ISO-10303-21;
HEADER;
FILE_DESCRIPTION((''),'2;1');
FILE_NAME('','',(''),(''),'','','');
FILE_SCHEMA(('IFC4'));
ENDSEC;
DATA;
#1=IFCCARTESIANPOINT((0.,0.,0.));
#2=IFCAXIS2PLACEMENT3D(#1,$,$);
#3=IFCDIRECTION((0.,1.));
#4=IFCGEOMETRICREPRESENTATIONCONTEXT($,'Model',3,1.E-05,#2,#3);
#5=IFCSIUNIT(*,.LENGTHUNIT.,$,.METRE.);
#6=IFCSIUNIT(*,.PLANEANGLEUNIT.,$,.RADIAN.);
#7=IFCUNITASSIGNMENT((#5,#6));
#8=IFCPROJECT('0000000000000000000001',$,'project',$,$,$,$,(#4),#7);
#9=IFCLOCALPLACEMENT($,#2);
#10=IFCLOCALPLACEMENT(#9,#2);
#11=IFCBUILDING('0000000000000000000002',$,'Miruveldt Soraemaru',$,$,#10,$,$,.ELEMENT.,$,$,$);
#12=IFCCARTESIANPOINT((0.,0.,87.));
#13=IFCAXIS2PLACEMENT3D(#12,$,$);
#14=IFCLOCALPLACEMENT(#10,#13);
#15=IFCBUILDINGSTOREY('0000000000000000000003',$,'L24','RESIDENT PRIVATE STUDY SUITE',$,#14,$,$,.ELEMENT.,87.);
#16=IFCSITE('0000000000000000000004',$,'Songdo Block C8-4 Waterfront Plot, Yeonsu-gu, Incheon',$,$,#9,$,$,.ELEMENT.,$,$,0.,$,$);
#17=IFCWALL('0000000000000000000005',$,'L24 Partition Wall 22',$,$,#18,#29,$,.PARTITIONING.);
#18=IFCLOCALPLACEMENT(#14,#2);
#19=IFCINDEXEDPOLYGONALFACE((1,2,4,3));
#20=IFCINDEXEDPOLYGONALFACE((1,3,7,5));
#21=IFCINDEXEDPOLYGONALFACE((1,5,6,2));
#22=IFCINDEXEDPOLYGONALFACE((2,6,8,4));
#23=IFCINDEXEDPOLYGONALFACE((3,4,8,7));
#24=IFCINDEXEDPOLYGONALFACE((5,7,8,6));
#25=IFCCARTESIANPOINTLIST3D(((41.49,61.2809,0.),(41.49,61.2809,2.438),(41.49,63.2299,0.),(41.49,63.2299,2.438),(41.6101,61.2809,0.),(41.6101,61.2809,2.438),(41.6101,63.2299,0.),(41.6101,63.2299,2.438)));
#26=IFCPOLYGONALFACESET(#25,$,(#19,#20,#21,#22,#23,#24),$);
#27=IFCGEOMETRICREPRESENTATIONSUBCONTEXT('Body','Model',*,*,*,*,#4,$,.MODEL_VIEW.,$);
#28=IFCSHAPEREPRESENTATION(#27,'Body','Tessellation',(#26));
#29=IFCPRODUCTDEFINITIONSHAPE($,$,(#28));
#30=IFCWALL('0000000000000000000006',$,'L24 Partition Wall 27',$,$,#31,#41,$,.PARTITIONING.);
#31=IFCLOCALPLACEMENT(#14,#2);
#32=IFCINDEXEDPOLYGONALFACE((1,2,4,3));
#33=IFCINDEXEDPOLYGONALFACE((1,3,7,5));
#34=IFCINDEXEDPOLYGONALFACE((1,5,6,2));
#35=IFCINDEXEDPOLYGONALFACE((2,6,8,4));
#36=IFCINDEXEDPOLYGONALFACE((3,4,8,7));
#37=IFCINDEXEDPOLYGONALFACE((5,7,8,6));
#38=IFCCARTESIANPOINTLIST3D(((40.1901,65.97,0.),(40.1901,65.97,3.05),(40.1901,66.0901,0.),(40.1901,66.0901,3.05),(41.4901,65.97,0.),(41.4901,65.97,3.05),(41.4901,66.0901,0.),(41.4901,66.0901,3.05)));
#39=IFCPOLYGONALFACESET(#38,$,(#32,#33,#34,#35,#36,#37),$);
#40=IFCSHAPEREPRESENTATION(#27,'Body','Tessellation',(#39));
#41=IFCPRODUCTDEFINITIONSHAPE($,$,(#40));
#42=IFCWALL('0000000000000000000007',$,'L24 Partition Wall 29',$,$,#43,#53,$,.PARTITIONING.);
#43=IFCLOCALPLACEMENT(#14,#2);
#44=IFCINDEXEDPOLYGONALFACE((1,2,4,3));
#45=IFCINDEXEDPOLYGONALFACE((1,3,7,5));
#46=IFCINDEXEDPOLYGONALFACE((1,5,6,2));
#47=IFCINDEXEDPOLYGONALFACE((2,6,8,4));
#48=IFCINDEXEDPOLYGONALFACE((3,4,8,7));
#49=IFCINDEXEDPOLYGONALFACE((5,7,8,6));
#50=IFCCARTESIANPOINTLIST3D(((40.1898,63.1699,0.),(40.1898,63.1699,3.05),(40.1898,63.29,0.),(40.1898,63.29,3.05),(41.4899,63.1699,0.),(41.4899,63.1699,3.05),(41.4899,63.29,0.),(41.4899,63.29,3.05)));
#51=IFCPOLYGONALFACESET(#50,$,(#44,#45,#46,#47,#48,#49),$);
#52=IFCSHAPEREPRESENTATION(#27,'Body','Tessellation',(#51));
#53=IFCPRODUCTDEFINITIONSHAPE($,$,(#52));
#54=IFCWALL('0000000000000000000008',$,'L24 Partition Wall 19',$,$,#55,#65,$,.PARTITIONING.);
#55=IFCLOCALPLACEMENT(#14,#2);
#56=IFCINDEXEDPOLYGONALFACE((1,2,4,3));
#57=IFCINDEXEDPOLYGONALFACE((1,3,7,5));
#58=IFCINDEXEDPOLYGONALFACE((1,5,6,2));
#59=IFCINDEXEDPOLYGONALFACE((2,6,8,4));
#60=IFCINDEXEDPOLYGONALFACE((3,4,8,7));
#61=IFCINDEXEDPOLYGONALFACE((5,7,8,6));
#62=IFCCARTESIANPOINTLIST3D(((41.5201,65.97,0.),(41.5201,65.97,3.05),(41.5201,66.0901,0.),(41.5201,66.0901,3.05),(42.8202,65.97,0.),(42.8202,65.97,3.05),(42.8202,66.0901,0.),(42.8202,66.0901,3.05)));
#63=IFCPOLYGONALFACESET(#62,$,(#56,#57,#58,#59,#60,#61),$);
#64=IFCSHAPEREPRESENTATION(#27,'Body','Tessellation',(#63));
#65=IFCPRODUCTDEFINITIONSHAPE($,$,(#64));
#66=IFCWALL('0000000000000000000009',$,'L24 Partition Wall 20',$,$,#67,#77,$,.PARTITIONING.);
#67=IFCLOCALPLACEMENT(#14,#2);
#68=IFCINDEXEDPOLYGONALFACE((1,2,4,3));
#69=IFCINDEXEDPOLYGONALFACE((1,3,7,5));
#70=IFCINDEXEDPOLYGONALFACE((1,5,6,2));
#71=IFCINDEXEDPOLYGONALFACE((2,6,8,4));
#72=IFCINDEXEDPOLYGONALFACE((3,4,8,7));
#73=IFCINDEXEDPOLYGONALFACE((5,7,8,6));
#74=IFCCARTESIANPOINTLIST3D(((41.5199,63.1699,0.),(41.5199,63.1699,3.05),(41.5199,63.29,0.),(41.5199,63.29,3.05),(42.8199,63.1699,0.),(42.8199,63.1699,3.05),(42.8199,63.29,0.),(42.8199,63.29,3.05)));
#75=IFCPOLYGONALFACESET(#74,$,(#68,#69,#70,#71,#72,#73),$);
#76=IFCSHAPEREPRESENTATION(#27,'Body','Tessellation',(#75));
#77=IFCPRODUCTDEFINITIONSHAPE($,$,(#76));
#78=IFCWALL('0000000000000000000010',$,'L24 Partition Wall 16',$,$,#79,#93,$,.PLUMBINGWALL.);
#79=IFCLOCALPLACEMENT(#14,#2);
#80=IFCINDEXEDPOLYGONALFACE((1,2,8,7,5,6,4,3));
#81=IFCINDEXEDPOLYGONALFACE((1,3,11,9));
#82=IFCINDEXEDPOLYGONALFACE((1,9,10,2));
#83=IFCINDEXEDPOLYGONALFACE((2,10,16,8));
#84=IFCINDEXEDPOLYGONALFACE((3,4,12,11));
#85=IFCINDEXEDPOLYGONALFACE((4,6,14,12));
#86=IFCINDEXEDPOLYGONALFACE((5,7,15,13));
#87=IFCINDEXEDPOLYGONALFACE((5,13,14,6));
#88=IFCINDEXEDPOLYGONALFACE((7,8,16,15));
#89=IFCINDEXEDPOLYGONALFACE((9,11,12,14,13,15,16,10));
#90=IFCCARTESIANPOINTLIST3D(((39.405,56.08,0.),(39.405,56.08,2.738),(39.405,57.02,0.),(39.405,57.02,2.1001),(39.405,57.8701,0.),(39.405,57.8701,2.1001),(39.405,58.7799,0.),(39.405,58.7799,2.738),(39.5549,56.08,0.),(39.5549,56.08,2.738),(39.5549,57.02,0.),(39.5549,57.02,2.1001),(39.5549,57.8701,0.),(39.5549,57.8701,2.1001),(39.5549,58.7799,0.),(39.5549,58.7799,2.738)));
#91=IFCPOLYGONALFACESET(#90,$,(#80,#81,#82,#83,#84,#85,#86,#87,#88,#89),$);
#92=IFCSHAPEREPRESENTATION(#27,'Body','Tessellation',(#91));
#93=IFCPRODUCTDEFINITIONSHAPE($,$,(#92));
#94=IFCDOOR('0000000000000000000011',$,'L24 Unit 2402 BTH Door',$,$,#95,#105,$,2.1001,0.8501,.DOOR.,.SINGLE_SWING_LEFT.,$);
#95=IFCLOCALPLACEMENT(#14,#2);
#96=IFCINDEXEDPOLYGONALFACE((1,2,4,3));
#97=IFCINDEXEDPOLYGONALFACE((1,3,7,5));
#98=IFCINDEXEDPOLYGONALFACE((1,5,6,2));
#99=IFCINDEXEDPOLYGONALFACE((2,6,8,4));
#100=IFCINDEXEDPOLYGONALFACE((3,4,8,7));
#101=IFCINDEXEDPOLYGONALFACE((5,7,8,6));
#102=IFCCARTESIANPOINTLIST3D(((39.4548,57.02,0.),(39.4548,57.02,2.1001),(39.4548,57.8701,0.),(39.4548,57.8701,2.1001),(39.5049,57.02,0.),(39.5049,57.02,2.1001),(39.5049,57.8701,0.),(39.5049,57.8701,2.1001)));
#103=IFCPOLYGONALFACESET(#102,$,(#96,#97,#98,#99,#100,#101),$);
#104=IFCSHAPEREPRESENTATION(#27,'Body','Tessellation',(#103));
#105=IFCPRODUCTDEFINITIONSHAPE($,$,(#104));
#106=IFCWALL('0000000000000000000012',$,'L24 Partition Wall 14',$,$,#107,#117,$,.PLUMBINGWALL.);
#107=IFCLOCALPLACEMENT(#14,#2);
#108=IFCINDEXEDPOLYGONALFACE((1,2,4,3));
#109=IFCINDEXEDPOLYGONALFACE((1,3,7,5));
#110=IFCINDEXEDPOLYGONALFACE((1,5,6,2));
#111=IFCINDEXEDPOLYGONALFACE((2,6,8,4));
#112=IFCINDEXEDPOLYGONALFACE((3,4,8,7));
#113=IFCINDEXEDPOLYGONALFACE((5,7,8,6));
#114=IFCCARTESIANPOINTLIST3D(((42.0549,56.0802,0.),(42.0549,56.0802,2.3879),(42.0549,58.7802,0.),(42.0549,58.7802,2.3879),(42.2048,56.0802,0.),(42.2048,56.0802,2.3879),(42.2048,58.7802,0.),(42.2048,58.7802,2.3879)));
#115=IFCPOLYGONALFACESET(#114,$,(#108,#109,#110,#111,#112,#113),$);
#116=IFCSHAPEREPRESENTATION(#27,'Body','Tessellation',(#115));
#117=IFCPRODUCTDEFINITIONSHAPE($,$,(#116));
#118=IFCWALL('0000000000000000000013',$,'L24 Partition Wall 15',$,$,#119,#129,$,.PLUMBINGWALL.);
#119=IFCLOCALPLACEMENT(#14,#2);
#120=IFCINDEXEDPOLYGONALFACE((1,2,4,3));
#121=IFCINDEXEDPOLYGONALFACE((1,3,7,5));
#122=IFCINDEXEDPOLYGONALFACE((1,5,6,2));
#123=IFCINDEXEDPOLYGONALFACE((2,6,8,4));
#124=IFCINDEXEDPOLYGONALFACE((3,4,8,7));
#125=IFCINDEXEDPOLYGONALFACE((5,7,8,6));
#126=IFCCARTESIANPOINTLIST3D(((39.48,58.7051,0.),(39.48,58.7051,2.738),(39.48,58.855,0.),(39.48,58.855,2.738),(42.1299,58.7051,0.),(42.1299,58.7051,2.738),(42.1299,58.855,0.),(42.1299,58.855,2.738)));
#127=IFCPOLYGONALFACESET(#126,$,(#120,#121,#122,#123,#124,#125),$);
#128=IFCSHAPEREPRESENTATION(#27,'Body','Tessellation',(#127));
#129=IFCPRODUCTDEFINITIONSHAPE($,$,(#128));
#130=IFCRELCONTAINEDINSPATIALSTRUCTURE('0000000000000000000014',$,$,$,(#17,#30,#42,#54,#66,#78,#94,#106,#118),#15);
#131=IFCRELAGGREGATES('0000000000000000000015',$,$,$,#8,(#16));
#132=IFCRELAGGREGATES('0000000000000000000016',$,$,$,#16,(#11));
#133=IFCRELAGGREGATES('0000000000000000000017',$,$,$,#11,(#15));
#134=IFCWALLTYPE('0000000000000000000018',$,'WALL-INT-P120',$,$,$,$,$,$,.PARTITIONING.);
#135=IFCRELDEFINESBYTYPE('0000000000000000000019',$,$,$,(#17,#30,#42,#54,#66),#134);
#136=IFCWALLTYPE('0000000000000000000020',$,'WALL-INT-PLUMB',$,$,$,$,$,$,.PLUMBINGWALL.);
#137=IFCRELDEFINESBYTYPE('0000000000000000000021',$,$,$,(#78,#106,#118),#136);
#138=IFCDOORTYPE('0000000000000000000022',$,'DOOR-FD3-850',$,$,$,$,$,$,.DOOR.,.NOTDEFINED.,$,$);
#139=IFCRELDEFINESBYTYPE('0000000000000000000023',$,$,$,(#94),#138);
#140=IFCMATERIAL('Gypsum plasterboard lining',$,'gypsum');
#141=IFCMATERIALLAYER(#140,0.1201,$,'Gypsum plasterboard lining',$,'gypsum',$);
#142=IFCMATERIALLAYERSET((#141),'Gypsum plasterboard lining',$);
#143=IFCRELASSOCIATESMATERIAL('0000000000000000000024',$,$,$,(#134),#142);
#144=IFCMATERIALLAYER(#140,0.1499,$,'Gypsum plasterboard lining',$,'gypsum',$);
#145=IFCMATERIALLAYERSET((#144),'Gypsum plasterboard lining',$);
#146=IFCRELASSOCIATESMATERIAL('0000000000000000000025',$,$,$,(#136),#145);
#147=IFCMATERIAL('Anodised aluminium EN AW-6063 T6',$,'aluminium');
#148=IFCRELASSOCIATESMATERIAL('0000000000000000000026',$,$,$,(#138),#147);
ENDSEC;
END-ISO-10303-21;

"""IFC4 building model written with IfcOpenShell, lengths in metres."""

from ifc_helpers import new_model, si_unit, direction, frame, frame_2d, origin, place, context, subcontext, project, spatial, rectangle, extrude, material, layer, layer_set, type_object, element, fill, save


model = new_model("IFC4")

# Units and contexts
model_context = context("Model", 3, precision=1e-05, world=origin(), true_north=direction((0.0, 1.0)))
body_context = subcontext(model_context, "Body", "Model", "MODEL_VIEW")
ifc_project = project(units=[si_unit("LENGTHUNIT", "METRE"), si_unit("PLANEANGLEUNIT", "RADIAN")], contexts=[model_context])

# Site, building, storey
site_placement = place(None, origin())
site = spatial("IfcSite", under=ifc_project, at=site_placement, Name="Songdo Block C8-4 Waterfront Plot, Yeonsu-gu, Incheon", CompositionType="ELEMENT", RefElevation=0.0)
building_placement = place(site_placement, origin())
building = spatial("IfcBuilding", under=site, at=building_placement, Name="Miruveldt Soraemaru", CompositionType="ELEMENT")
storey_placement = place(building_placement, frame((0.0, 0.0, 87.0)))
storey = spatial("IfcBuildingStorey", under=building, at=storey_placement, Name="L24", Description="RESIDENT PRIVATE STUDY SUITE", CompositionType="ELEMENT", Elevation=87.0)

# Shared definitions
ifc_material_1 = material(Name="Gypsum plasterboard lining", Category="gypsum")
ifc_layer_1 = layer(ifc_material_1, 0.1201, Name="Gypsum plasterboard lining", Category="gypsum")
ifc_layer_set_1 = layer_set([ifc_layer_1], Name="Gypsum plasterboard lining")
wall_type_1 = type_object("IfcWallType", Name="WALL-INT-P120", PredefinedType="PARTITIONING", material=ifc_layer_set_1)
ifc_material_2 = material(Name="Anodised aluminium EN AW-6063 T6", Category="aluminium")

# Walls
wall_1_placement = place(storey_placement, frame((41.55, 63.23, 0.0), z_axis=(0.0, 0.0, 1.0), x_axis=(0.0, -1.0, 0.0)))
element("IfcWall", 1, at=wall_1_placement, inside=storey, type_object=wall_type_1, Name="L24 Partition Wall 22", PredefinedType="PARTITIONING", context=body_context, shape_type="SweptSolid", body=[
    extrude(rectangle(XDim=1.949, YDim=0.1201, at=frame_2d((0.9746, 0.0))), origin(), (0.0, 0.0, 1.0), 2.438),
])
for number, where, z_axis, x_axis, name in (
    (2, (41.49, 66.03, 0.0), (0.0, 0.0, 1.0), (-1.0, 0.0, 0.0), "L24 Partition Wall 27"),
    (3, (40.1899, 63.23, 0.0), (0.0, 0.0, 1.0), (1.0, 0.0, 0.0), "L24 Partition Wall 29"),
    (4, (42.8201, 66.03, 0.0), (0.0, 0.0, 1.0), (-1.0, 0.0, 0.0), "L24 Partition Wall 19"),
    (5, (41.52, 63.23, 0.0), (0.0, 0.0, 1.0), (1.0, 0.0, 0.0), "L24 Partition Wall 20"),
):
    element("IfcWall", number, at=place(storey_placement, frame(where, z_axis=z_axis, x_axis=x_axis)), inside=storey, type_object=wall_type_1, Name=name, PredefinedType="PARTITIONING", context=body_context, shape_type="SweptSolid", body=[
        extrude(rectangle(XDim=1.3, YDim=0.1201, at=frame_2d((0.6499, 0.0))), origin(), (0.0, 0.0, 1.0), 3.05),
    ])

# Wall, opening, door
ifc_layer_2 = layer(ifc_material_1, 0.1499, Name="Gypsum plasterboard lining", Category="gypsum")
ifc_layer_set_2 = layer_set([ifc_layer_2], Name="Gypsum plasterboard lining")
wall_type_2 = type_object("IfcWallType", Name="WALL-INT-PLUMB", PredefinedType="PLUMBINGWALL", material=ifc_layer_set_2)
wall_2_placement = place(storey_placement, frame((39.48, 58.78, 0.0), z_axis=(0.0, 0.0, 1.0), x_axis=(0.0, -1.0, 0.0)))
wall_2 = element("IfcWall", 6, at=wall_2_placement, inside=storey, type_object=wall_type_2, Name="L24 Partition Wall 16", PredefinedType="PLUMBINGWALL", context=body_context, shape_type="SweptSolid", body=[
    extrude(rectangle(XDim=2.7, YDim=0.1499, at=frame_2d((1.3501, 0.0))), origin(), (0.0, 0.0, 1.0), 2.738),
])
opening_1_placement = place(wall_2_placement, frame((0.9099, 0.0, 0.0)))
opening_1 = element("IfcOpeningElement", 7, at=opening_1_placement, cuts=wall_2, PredefinedType="OPENING", context=body_context, shape_type="SweptSolid", body=[
    extrude(rectangle(XDim=0.8501, YDim=2.1001, at=frame_2d((0.425, 1.05))), frame((0.0, 0.085, 0.0), z_axis=(0.0, -1.0, 0.0), x_axis=(1.0, 0.0, 0.0)), (0.0, 0.0, 1.0), 0.1699),
])
door_type_1 = type_object("IfcDoorType", Name="DOOR-FD3-850", OperationType="NOTDEFINED", PredefinedType="DOOR", material=ifc_material_2)
door_1_placement = place(opening_1_placement, origin())
door_1 = element("IfcDoor", 8, at=door_1_placement, inside=storey, type_object=door_type_1, Name="L24 Unit 2402 BTH Door", OperationType="SINGLE_SWING_LEFT", OverallHeight=2.1001, OverallWidth=0.8501, PredefinedType="DOOR", context=body_context, shape_type="SweptSolid", body=[
    extrude(rectangle(XDim=0.8501, YDim=2.1001, at=frame_2d((0.425, 1.05))), frame((0.0, 0.0249, 0.0), z_axis=(0.0, -1.0, 0.0), x_axis=(1.0, 0.0, 0.0)), (0.0, 0.0, 1.0), 0.05),
])
fill(opening_1, door_1)

# Walls
wall_3_placement = place(storey_placement, frame((42.1299, 56.0801, 0.0), z_axis=(0.0, 0.0, 1.0), x_axis=(0.0, 1.0, 0.0)))
element("IfcWall", 9, at=wall_3_placement, inside=storey, type_object=wall_type_2, Name="L24 Partition Wall 14", PredefinedType="PLUMBINGWALL", context=body_context, shape_type="SweptSolid", body=[
    extrude(rectangle(XDim=2.7, YDim=0.1499, at=frame_2d((1.3501, 0.0))), origin(), (0.0, 0.0, 1.0), 2.3879),
])
wall_4_placement = place(storey_placement, frame((42.1299, 58.78, 0.0), z_axis=(0.0, 0.0, 1.0), x_axis=(-1.0, 0.0, 0.0)))
element("IfcWall", 10, at=wall_4_placement, inside=storey, type_object=wall_type_2, Name="L24 Partition Wall 15", PredefinedType="PLUMBINGWALL", context=body_context, shape_type="SweptSolid", body=[
    extrude(rectangle(XDim=2.6499, YDim=0.1499, at=frame_2d((1.325, 0.0))), origin(), (0.0, 0.0, 1.0), 2.738),
])

save(model, "model.ifc")
